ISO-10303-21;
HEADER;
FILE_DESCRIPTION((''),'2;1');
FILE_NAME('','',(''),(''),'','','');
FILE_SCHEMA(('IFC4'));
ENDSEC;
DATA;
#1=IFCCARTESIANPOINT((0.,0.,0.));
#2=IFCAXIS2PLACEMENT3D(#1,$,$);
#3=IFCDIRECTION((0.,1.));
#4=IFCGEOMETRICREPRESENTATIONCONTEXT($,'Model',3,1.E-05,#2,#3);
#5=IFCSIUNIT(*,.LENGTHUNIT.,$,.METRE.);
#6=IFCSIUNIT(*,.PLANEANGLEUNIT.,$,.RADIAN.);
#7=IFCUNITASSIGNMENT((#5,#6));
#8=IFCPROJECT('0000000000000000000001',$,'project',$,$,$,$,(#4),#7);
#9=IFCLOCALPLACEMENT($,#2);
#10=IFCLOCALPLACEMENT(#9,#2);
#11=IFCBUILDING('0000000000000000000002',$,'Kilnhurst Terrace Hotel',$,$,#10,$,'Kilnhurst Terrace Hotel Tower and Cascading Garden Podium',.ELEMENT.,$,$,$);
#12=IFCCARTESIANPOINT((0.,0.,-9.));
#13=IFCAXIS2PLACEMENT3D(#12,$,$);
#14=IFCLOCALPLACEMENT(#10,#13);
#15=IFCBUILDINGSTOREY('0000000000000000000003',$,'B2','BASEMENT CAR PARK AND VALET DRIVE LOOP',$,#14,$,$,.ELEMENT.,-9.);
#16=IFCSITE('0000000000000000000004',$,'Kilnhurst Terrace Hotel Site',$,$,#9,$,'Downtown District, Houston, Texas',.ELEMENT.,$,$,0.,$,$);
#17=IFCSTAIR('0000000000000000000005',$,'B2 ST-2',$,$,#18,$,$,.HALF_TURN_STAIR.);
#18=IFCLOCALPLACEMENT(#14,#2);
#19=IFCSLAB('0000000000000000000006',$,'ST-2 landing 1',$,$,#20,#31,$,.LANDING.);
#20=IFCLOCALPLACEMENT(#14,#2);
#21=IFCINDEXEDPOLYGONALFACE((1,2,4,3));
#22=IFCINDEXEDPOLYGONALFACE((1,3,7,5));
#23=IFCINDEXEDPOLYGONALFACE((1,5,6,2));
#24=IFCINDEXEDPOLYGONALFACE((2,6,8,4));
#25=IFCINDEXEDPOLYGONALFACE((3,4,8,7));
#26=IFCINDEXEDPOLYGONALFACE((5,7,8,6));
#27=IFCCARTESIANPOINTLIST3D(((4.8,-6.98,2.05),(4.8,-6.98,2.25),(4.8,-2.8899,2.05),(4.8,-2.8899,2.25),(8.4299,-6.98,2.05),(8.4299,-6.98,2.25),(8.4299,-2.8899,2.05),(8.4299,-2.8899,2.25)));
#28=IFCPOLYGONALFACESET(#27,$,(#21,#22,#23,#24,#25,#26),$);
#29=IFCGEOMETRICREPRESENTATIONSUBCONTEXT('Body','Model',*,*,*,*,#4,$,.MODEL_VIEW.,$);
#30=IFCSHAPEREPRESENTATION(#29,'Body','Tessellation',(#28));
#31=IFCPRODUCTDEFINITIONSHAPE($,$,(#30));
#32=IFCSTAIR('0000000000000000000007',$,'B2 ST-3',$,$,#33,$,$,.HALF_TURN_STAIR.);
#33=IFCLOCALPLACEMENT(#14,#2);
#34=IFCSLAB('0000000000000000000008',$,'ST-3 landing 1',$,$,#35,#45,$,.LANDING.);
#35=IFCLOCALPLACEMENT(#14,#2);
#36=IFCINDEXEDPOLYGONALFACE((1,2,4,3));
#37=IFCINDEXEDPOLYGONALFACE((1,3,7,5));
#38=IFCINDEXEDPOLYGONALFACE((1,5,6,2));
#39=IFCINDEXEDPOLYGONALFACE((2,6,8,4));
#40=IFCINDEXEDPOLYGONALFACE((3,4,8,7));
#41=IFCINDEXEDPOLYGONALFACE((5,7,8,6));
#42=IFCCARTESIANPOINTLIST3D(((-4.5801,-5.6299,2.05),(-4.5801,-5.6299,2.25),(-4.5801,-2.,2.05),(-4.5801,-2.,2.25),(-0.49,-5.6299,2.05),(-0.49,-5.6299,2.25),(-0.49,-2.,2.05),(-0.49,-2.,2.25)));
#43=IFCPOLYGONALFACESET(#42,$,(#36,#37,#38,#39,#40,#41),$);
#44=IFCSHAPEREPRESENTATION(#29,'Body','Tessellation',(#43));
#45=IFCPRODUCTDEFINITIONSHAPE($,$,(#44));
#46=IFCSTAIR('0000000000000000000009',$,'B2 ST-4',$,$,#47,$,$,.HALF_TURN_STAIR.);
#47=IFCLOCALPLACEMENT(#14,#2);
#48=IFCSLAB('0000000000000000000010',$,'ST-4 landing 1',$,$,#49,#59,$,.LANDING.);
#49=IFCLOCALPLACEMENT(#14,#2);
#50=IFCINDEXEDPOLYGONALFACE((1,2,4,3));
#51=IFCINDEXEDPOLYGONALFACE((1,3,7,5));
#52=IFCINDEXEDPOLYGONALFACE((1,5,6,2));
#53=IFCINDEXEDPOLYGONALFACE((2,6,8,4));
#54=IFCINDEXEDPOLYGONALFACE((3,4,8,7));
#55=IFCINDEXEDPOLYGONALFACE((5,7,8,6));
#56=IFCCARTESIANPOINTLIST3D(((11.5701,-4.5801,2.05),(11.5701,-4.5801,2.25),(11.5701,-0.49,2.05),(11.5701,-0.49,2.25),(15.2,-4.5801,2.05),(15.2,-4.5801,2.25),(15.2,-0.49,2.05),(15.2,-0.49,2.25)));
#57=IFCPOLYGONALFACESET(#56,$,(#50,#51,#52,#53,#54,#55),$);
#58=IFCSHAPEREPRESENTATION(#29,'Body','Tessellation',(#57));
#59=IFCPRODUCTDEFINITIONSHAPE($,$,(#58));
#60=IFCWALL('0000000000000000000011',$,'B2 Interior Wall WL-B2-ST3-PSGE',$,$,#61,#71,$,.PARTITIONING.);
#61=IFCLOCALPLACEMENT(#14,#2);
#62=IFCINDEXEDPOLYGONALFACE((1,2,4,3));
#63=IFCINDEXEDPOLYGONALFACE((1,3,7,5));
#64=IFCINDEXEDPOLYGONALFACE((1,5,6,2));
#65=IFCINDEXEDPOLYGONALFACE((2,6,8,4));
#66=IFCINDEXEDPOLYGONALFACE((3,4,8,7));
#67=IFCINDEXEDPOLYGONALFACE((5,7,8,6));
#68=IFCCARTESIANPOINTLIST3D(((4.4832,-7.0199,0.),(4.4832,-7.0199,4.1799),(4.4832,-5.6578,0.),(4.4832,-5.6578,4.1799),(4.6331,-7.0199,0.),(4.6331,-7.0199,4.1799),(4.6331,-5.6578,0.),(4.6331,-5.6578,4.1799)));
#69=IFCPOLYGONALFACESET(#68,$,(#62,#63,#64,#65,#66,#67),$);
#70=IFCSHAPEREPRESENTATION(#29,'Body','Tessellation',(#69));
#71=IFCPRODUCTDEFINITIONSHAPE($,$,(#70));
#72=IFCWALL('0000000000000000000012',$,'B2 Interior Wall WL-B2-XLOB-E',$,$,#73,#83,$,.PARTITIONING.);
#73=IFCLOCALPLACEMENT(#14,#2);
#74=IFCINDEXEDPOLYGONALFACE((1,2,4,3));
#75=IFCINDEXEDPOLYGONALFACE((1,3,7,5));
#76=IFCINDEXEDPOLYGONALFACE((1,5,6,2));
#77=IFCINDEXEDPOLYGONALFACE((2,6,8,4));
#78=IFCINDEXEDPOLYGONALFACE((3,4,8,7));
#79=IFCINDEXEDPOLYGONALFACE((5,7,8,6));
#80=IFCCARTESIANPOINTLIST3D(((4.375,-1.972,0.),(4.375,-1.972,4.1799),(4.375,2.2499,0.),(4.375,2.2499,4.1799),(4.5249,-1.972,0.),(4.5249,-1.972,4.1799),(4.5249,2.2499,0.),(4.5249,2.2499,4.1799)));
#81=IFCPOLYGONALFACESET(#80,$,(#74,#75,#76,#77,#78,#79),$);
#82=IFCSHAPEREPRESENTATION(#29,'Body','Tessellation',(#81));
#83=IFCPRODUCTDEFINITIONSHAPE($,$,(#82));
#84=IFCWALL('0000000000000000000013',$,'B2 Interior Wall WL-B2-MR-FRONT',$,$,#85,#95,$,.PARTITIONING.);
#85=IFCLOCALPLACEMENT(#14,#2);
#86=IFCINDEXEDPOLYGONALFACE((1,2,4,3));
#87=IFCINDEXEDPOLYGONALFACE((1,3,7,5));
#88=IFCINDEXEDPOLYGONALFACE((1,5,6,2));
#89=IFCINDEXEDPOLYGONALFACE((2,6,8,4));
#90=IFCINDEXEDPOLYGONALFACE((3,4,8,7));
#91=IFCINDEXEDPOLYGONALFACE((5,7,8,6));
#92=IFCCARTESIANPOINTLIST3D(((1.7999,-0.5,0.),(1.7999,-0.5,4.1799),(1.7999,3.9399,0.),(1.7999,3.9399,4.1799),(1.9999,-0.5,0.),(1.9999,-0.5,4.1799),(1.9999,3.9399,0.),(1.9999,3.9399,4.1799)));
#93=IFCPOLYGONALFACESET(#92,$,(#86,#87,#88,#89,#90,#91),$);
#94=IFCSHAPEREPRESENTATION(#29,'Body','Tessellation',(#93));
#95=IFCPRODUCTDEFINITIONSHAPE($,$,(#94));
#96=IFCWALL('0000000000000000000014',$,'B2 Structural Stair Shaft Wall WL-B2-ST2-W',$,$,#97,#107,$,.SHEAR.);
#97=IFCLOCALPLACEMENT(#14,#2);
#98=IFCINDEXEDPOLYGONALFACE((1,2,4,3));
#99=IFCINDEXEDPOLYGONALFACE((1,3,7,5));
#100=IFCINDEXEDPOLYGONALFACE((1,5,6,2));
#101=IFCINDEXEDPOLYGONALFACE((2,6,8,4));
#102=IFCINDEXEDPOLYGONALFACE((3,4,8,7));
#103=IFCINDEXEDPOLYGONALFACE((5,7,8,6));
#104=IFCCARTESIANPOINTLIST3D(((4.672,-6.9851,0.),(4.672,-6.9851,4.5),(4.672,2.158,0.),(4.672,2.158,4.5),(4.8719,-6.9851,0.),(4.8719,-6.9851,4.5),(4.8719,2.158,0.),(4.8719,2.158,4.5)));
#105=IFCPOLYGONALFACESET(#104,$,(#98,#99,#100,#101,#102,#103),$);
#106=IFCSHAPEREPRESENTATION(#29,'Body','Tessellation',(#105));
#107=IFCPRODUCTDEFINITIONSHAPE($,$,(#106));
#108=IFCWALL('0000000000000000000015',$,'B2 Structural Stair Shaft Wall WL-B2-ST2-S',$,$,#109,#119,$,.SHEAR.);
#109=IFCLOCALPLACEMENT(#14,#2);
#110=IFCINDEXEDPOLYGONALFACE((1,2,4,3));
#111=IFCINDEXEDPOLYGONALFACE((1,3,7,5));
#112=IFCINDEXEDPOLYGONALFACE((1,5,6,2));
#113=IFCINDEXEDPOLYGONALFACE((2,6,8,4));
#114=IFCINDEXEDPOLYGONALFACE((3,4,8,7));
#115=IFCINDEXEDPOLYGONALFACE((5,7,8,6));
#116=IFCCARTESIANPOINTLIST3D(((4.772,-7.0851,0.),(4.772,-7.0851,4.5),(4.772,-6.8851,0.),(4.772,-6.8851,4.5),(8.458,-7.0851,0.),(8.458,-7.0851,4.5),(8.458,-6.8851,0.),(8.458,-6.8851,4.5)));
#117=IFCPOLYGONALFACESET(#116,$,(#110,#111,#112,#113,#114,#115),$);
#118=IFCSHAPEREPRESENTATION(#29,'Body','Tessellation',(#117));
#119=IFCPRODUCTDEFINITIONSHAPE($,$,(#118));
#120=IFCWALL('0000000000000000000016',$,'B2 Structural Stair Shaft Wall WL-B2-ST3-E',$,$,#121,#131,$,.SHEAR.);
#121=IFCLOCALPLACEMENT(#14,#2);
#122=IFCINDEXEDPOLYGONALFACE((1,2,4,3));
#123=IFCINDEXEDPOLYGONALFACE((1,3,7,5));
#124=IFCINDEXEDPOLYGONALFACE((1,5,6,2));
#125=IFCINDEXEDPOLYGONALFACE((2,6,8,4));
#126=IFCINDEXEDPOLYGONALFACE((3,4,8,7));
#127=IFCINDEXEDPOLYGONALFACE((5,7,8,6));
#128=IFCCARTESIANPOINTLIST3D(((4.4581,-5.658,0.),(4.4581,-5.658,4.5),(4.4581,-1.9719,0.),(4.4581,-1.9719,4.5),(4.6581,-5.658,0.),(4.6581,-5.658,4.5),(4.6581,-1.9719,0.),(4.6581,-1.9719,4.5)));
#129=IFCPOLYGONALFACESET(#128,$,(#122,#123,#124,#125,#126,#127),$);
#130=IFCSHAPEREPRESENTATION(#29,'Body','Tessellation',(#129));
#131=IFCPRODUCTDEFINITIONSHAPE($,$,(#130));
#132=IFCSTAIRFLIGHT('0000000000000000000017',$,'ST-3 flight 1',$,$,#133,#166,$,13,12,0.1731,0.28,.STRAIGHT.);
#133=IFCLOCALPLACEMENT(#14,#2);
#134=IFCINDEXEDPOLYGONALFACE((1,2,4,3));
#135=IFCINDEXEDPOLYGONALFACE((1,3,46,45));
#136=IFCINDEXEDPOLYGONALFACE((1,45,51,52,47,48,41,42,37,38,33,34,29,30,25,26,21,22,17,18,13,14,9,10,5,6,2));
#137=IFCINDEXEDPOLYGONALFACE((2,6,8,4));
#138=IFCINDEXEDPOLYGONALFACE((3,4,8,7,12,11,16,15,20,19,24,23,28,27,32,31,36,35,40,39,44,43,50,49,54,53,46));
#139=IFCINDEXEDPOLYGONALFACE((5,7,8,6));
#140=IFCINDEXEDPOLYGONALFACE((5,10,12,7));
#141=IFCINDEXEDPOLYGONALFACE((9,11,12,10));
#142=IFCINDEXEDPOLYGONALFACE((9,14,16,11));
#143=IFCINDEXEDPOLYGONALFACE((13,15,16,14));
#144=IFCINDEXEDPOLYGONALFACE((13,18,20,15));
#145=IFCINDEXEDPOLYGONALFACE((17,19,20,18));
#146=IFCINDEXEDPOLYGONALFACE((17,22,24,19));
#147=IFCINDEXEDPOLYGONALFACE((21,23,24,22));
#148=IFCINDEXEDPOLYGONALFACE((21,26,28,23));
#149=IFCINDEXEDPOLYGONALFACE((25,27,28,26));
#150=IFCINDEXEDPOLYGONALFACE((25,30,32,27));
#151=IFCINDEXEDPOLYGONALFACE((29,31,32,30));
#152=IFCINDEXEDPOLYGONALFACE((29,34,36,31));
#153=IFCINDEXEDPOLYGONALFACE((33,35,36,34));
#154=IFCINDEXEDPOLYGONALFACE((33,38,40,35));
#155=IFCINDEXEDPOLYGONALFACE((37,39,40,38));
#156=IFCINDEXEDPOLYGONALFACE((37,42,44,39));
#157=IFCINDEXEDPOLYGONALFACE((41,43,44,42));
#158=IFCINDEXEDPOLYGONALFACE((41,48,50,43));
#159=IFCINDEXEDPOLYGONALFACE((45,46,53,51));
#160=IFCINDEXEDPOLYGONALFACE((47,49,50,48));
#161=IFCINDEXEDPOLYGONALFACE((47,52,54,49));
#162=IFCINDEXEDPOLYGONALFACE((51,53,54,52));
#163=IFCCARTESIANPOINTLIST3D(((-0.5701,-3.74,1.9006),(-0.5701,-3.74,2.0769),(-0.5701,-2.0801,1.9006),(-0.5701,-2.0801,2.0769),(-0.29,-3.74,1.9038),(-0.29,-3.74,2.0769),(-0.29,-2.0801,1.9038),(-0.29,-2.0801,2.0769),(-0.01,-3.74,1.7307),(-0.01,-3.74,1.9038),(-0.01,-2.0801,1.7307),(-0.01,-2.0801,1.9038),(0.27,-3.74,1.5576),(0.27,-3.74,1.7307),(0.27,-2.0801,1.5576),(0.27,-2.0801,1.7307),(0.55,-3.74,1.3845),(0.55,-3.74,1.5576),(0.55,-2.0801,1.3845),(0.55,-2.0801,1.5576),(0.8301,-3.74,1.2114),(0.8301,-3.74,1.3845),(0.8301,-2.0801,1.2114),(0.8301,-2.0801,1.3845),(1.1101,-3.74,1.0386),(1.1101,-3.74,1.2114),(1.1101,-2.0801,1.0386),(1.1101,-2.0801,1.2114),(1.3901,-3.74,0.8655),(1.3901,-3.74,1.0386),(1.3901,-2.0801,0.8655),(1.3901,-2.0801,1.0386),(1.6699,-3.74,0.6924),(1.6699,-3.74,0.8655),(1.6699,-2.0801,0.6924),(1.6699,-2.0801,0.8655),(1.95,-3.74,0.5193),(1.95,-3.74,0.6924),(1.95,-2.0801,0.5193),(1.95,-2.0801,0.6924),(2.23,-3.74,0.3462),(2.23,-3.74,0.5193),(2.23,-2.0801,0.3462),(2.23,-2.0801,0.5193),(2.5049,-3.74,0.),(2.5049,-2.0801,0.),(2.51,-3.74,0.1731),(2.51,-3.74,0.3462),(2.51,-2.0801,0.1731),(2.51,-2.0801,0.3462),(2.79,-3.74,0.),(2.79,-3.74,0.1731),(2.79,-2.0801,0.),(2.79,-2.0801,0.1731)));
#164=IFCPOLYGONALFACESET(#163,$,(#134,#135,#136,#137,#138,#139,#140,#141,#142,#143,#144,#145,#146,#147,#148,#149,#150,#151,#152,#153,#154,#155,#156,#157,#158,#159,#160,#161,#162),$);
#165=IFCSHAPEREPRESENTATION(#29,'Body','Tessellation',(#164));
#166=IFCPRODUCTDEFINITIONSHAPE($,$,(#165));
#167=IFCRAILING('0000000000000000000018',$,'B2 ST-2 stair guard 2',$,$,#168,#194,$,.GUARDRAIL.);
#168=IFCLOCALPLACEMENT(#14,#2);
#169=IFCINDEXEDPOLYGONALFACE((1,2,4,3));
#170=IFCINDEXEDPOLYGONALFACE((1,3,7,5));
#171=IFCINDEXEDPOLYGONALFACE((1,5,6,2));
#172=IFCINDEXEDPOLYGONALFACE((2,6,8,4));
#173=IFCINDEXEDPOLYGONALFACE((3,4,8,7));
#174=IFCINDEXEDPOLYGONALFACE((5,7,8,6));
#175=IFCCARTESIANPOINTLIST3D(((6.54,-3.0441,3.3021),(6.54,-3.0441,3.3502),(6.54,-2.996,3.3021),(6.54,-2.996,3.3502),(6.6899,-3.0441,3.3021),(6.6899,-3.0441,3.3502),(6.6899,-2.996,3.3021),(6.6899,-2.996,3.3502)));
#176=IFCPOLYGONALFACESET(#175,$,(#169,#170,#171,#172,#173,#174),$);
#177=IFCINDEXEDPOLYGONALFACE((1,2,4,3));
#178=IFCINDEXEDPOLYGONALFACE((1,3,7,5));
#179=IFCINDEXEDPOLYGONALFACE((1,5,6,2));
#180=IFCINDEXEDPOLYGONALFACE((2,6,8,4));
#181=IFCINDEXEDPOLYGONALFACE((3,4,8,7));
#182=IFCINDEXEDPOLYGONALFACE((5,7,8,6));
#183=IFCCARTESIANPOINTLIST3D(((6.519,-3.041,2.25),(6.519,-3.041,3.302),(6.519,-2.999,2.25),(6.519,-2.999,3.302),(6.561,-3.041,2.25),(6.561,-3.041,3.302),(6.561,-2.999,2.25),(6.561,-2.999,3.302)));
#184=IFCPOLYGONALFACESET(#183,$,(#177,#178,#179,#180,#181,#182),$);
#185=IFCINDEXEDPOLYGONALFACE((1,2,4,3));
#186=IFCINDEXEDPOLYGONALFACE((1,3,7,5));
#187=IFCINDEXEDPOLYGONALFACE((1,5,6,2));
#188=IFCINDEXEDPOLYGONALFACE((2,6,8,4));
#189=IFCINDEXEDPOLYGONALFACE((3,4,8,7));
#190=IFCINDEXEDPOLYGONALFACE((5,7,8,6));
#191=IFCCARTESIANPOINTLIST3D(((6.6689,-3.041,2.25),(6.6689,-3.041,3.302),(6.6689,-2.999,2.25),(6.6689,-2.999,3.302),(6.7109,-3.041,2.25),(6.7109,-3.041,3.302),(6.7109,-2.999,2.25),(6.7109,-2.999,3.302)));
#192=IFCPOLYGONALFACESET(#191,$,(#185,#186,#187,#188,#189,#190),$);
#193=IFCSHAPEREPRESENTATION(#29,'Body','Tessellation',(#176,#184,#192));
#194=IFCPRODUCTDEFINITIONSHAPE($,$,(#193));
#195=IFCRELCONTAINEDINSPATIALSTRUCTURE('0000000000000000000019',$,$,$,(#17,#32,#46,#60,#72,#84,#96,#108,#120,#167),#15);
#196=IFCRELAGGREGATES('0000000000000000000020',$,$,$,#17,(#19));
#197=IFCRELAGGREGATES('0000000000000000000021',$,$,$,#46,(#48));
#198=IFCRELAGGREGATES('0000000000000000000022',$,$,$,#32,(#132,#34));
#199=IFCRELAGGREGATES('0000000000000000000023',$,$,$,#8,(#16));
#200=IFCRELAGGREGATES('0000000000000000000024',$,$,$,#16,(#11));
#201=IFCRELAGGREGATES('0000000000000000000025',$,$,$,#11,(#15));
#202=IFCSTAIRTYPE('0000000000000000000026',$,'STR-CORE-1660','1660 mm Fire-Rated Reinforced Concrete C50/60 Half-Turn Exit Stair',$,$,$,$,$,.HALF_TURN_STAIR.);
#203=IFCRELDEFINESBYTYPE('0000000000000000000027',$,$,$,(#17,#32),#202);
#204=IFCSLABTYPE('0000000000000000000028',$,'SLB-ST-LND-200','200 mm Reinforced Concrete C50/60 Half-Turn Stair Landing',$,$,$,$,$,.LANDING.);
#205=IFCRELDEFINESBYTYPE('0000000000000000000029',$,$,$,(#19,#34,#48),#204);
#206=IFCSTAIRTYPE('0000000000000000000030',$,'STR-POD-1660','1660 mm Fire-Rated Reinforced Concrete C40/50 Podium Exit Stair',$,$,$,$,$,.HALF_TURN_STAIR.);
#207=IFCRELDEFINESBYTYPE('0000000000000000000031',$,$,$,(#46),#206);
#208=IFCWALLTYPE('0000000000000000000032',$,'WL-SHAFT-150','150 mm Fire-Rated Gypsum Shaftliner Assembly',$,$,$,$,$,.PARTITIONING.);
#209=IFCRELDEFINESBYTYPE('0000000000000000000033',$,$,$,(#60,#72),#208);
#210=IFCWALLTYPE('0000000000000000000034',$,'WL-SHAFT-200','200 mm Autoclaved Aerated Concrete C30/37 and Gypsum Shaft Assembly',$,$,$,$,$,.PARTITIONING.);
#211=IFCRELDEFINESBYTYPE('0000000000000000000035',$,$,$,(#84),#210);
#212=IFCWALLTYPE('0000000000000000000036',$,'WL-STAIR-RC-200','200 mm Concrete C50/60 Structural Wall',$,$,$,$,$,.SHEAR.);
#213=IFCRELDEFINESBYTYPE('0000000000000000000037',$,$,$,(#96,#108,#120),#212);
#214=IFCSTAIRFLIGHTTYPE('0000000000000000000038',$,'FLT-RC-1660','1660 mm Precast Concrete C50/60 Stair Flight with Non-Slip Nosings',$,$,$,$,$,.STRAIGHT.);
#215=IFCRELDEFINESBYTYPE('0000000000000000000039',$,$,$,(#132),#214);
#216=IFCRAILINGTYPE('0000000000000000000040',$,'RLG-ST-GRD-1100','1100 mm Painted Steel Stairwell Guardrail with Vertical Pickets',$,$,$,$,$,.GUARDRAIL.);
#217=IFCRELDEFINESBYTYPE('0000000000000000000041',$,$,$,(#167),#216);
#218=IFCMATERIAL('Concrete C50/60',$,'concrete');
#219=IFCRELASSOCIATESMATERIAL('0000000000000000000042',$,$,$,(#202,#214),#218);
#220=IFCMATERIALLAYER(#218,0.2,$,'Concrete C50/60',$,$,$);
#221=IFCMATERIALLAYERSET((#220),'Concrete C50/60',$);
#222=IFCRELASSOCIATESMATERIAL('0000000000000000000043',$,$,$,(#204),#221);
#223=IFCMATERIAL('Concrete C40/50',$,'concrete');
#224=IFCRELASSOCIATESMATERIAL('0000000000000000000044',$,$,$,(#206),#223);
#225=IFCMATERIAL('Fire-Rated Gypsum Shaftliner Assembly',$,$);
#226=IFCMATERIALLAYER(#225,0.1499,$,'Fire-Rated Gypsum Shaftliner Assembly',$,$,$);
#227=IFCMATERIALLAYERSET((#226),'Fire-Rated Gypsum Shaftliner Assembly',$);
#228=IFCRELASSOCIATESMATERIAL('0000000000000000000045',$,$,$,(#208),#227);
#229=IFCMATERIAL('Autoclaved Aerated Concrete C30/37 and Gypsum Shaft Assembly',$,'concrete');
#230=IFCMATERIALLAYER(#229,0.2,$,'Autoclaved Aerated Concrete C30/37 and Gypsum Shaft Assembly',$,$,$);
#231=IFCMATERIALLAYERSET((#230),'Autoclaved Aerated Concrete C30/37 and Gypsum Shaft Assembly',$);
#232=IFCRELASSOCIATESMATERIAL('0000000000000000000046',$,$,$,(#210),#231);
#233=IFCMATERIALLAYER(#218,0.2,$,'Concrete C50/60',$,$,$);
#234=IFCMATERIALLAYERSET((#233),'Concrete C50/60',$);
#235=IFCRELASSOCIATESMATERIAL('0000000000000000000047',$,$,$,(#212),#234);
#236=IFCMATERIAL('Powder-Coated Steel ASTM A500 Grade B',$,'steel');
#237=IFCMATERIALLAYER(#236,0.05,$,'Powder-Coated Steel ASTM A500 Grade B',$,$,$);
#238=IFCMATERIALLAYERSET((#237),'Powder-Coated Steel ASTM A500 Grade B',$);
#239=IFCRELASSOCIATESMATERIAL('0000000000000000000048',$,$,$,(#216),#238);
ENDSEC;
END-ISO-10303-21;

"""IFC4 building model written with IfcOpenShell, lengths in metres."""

from ifc_helpers import new_model, si_unit, direction, frame, frame_2d, origin, origin_2d, place, context, subcontext, project, spatial, polyline, rectangle, outline, extrude, material, layer, layer_set, type_object, element, aggregate, save


model = new_model("IFC4")

# Units and contexts
model_context = context("Model", 3, precision=1e-05, world=origin(), true_north=direction((0.0, 1.0)))
body_context = subcontext(model_context, "Body", "Model", "MODEL_VIEW")
ifc_project = project(units=[si_unit("LENGTHUNIT", "METRE"), si_unit("PLANEANGLEUNIT", "RADIAN")], contexts=[model_context])

# Site, building, storey
site_placement = place(None, origin())
site = spatial("IfcSite", under=ifc_project, at=site_placement, Name="Kilnhurst Terrace Hotel Site", LongName="Downtown District, Houston, Texas", CompositionType="ELEMENT", RefElevation=0.0)
building_placement = place(site_placement, origin())
building = spatial("IfcBuilding", under=site, at=building_placement, Name="Kilnhurst Terrace Hotel", LongName="Kilnhurst Terrace Hotel Tower and Cascading Garden Podium", CompositionType="ELEMENT")
storey_placement = place(building_placement, frame((0.0, 0.0, -9.0)))
storey = spatial("IfcBuildingStorey", under=building, at=storey_placement, Name="B2", Description="BASEMENT CAR PARK AND VALET DRIVE LOOP", CompositionType="ELEMENT", Elevation=-9.0)

# Shared definitions
ifc_material_1 = material(Name="Concrete C50/60", Category="concrete")

# Stairs, slabs
stair_type_1 = type_object("IfcStairType", Name="STR-CORE-1660", Description="1660 mm Fire-Rated Reinforced Concrete C50/60 Half-Turn Exit Stair", PredefinedType="HALF_TURN_STAIR", material=ifc_material_1)
ifc_layer_1 = layer(ifc_material_1, 0.2, Name="Concrete C50/60")
ifc_layer_set_1 = layer_set([ifc_layer_1], Name="Concrete C50/60")
slab_type_1 = type_object("IfcSlabType", Name="SLB-ST-LND-200", Description="200 mm Reinforced Concrete C50/60 Half-Turn Stair Landing", PredefinedType="LANDING", material=ifc_layer_set_1)
stair_1_placement = place(storey_placement, origin())
stair_1 = element("IfcStair", 1, at=stair_1_placement, inside=storey, type_object=stair_type_1, Name="B2 ST-2", PredefinedType="HALF_TURN_STAIR")
slab_1_placement = place(storey_placement, frame((0.0, 0.0, 2.05)))
slab_1 = element("IfcSlab", 2, at=slab_1_placement, type_object=slab_type_1, Name="ST-2 landing 1", PredefinedType="LANDING", context=body_context, shape_type="SweptSolid", body=[
    extrude(outline(polyline([(4.8, -2.8899), (8.4299, -2.8899), (8.4299, -6.98), (4.8, -6.98), (4.8, -2.8899)])), origin(), (0.0, 0.0, 1.0), 0.2),
])
aggregate(stair_1, [slab_1])
stair_2_placement = place(storey_placement, origin())
stair_2 = element("IfcStair", 3, at=stair_2_placement, inside=storey, type_object=stair_type_1, Name="B2 ST-3", PredefinedType="HALF_TURN_STAIR")
slab_2_placement = place(storey_placement, frame((0.0, 0.0, 2.05)))
slab_2 = element("IfcSlab", 4, at=slab_2_placement, type_object=slab_type_1, Name="ST-3 landing 1", PredefinedType="LANDING", context=body_context, shape_type="SweptSolid", body=[
    extrude(outline(polyline([(-0.49, -2.0), (-0.49, -5.6299), (-4.5801, -5.6299), (-4.5801, -2.0), (-0.49, -2.0)])), origin(), (0.0, 0.0, 1.0), 0.2),
])
ifc_material_2 = material(Name="Concrete C40/50", Category="concrete")
stair_type_2 = type_object("IfcStairType", Name="STR-POD-1660", Description="1660 mm Fire-Rated Reinforced Concrete C40/50 Podium Exit Stair", PredefinedType="HALF_TURN_STAIR", material=ifc_material_2)
stair_3_placement = place(storey_placement, origin())
stair_3 = element("IfcStair", 5, at=stair_3_placement, inside=storey, type_object=stair_type_2, Name="B2 ST-4", PredefinedType="HALF_TURN_STAIR")
slab_3_placement = place(storey_placement, frame((0.0, 0.0, 2.05)))
slab_3 = element("IfcSlab", 6, at=slab_3_placement, type_object=slab_type_1, Name="ST-4 landing 1", PredefinedType="LANDING", context=body_context, shape_type="SweptSolid", body=[
    extrude(outline(polyline([(11.5701, -0.49), (15.2, -0.49), (15.2, -4.5801), (11.5701, -4.5801), (11.5701, -0.49)])), origin(), (0.0, 0.0, 1.0), 0.2),
])
aggregate(stair_3, [slab_3])

# Walls
ifc_material_3 = material(Name="Fire-Rated Gypsum Shaftliner Assembly")
ifc_layer_2 = layer(ifc_material_3, 0.1499, Name="Fire-Rated Gypsum Shaftliner Assembly")
ifc_layer_set_2 = layer_set([ifc_layer_2], Name="Fire-Rated Gypsum Shaftliner Assembly")
wall_type_1 = type_object("IfcWallType", Name="WL-SHAFT-150", Description="150 mm Fire-Rated Gypsum Shaftliner Assembly", PredefinedType="PARTITIONING", material=ifc_layer_set_2)
wall_1_placement = place(storey_placement, frame((4.5581, -7.02, 0.0), z_axis=(0.0, 0.0, 1.0), x_axis=(0.0, 1.0, 0.0)))
element("IfcWall", 7, at=wall_1_placement, inside=storey, type_object=wall_type_1, Name="B2 Interior Wall WL-B2-ST3-PSGE", PredefinedType="PARTITIONING", context=body_context, shape_type="SweptSolid", body=[
    extrude(rectangle(XDim=1.3621, YDim=0.1499, at=frame_2d((0.6812, 0.0))), origin(), (0.0, 0.0, 1.0), 4.1799),
])
wall_2_placement = place(storey_placement, frame((4.45, -1.9719, 0.0), z_axis=(0.0, 0.0, 1.0), x_axis=(0.0, 1.0, 0.0)))
element("IfcWall", 8, at=wall_2_placement, inside=storey, type_object=wall_type_1, Name="B2 Interior Wall WL-B2-XLOB-E", PredefinedType="PARTITIONING", context=body_context, shape_type="SweptSolid", body=[
    extrude(rectangle(XDim=4.2219, YDim=0.1499, at=frame_2d((2.1108, 0.0))), origin(), (0.0, 0.0, 1.0), 4.1799),
])
ifc_material_4 = material(Name="Autoclaved Aerated Concrete C30/37 and Gypsum Shaft Assembly", Category="concrete")
ifc_layer_3 = layer(ifc_material_4, 0.2, Name="Autoclaved Aerated Concrete C30/37 and Gypsum Shaft Assembly")
ifc_layer_set_3 = layer_set([ifc_layer_3], Name="Autoclaved Aerated Concrete C30/37 and Gypsum Shaft Assembly")
wall_type_2 = type_object("IfcWallType", Name="WL-SHAFT-200", Description="200 mm Autoclaved Aerated Concrete C30/37 and Gypsum Shaft Assembly", PredefinedType="PARTITIONING", material=ifc_layer_set_3)
wall_3_placement = place(storey_placement, frame((1.8999, -0.5, 0.0), z_axis=(0.0, 0.0, 1.0), x_axis=(0.0, 1.0, 0.0)))
element("IfcWall", 9, at=wall_3_placement, inside=storey, type_object=wall_type_2, Name="B2 Interior Wall WL-B2-MR-FRONT", PredefinedType="PARTITIONING", context=body_context, shape_type="SweptSolid", body=[
    extrude(rectangle(XDim=4.4399, YDim=0.2, at=frame_2d((2.22, 0.0))), origin(), (0.0, 0.0, 1.0), 4.1799),
])
ifc_layer_4 = layer(ifc_material_1, 0.2, Name="Concrete C50/60")
ifc_layer_set_4 = layer_set([ifc_layer_4], Name="Concrete C50/60")
wall_type_3 = type_object("IfcWallType", Name="WL-STAIR-RC-200", Description="200 mm Concrete C50/60 Structural Wall", PredefinedType="SHEAR", material=ifc_layer_set_4)
wall_4_placement = place(storey_placement, frame((4.772, -6.9851, 0.0), z_axis=(0.0, 0.0, 1.0), x_axis=(0.0, 1.0, 0.0)))
element("IfcWall", 10, at=wall_4_placement, inside=storey, type_object=wall_type_3, Name="B2 Structural Stair Shaft Wall WL-B2-ST2-W", PredefinedType="SHEAR", context=body_context, shape_type="SweptSolid", body=[
    extrude(rectangle(XDim=9.1431, YDim=0.2, at=frame_2d((4.5715, 0.0))), origin(), (0.0, 0.0, 1.0), 4.5),
])
for number, where, z_axis, x_axis, name in (
    (11, (4.772, -6.9851, 0.0), (0.0, 0.0, 1.0), (1.0, 0.0, 0.0), "B2 Structural Stair Shaft Wall WL-B2-ST2-S"),
    (12, (4.5581, -5.658, 0.0), (0.0, 0.0, 1.0), (0.0, 1.0, 0.0), "B2 Structural Stair Shaft Wall WL-B2-ST3-E"),
):
    element("IfcWall", number, at=place(storey_placement, frame(where, z_axis=z_axis, x_axis=x_axis)), inside=storey, type_object=wall_type_3, Name=name, PredefinedType="SHEAR", context=body_context, shape_type="SweptSolid", body=[
        extrude(rectangle(XDim=3.686, YDim=0.2, at=frame_2d((1.843, 0.0))), origin(), (0.0, 0.0, 1.0), 4.5),
    ])

# Stair flight
stair_flight_type = type_object("IfcStairFlightType", Name="FLT-RC-1660", Description="1660 mm Precast Concrete C50/60 Stair Flight with Non-Slip Nosings", PredefinedType="STRAIGHT", material=ifc_material_1)
stair_flight_placement = place(storey_placement, frame((2.79, -2.9099, 0.0), z_axis=(0.0, 0.0, 1.0), x_axis=(-1.0, 0.0, 0.0)))
stair_flight = element("IfcStairFlight", 13, at=stair_flight_placement, type_object=stair_flight_type, Name="ST-3 flight 1", NumberOfRisers=13, NumberOfTreads=12, PredefinedType="STRAIGHT", RiserHeight=0.1731, TreadLength=0.28, context=body_context, shape_type="SweptSolid", body=[
    extrude(outline(polyline([(0.0, 0.0), (0.0, 0.1731), (0.28, 0.1731), (0.28, 0.3462), (0.5601, 0.3462), (0.5601, 0.5193), (0.8401, 0.5193), (0.8401, 0.6924), (1.1201, 0.6924), (1.1201, 0.8655), (1.3999, 0.8655), (1.3999, 1.0386), (1.6799, 1.0386), (1.6799, 1.2114), (1.96, 1.2114), (1.96, 1.3845), (2.24, 1.3845), (2.24, 1.5576), (2.52, 1.5576), (2.52, 1.7307), (2.8, 1.7307), (2.8, 1.9038), (3.0801, 1.9038), (3.0801, 2.0769), (3.3601, 2.0769), (3.3601, 2.25), (3.3601, 1.9006), (0.2852, 0.0), (0.0, 0.0)])), frame((0.0, 0.8301, 0.0), z_axis=(0.0, -1.0, 0.0), x_axis=(1.0, 0.0, 0.0)), (0.0, 0.0, 1.0), 1.6599),
])
aggregate(stair_2, [stair_flight, slab_2])

# Railing
ifc_material_5 = material(Name="Powder-Coated Steel ASTM A500 Grade B", Category="steel")
ifc_layer_5 = layer(ifc_material_5, 0.05, Name="Powder-Coated Steel ASTM A500 Grade B")
ifc_layer_set_5 = layer_set([ifc_layer_5], Name="Powder-Coated Steel ASTM A500 Grade B")
railing_type_1 = type_object("IfcRailingType", Name="RLG-ST-GRD-1100", Description="1100 mm Painted Steel Stairwell Guardrail with Vertical Pickets", PredefinedType="GUARDRAIL", material=ifc_layer_set_5)
railing_1_placement = place(storey_placement, frame((6.54, -3.02, 2.25)))
element("IfcRailing", 14, at=railing_1_placement, inside=storey, type_object=railing_type_1, Name="B2 ST-2 stair guard 2", PredefinedType="GUARDRAIL", context=body_context, shape_type="SweptSolid", body=[
    extrude(rectangle(XDim=0.0481, YDim=0.0481, at=origin_2d()), frame((0.0, 0.0, 1.0762), z_axis=(1.0, 0.0, 0.0), x_axis=(0.0, 1.0, 0.0)), (0.0, 0.0, 1.0), 0.1499),
    extrude(rectangle(XDim=0.042, YDim=0.042, at=origin_2d()), origin(), (0.0, 0.0, 1.0), 1.052),
    extrude(rectangle(XDim=0.042, YDim=0.042, at=origin_2d()), frame((0.1499, 0.0, 0.0)), (0.0, 0.0, 1.0), 1.052),
])

save(model, "model.ifc")
